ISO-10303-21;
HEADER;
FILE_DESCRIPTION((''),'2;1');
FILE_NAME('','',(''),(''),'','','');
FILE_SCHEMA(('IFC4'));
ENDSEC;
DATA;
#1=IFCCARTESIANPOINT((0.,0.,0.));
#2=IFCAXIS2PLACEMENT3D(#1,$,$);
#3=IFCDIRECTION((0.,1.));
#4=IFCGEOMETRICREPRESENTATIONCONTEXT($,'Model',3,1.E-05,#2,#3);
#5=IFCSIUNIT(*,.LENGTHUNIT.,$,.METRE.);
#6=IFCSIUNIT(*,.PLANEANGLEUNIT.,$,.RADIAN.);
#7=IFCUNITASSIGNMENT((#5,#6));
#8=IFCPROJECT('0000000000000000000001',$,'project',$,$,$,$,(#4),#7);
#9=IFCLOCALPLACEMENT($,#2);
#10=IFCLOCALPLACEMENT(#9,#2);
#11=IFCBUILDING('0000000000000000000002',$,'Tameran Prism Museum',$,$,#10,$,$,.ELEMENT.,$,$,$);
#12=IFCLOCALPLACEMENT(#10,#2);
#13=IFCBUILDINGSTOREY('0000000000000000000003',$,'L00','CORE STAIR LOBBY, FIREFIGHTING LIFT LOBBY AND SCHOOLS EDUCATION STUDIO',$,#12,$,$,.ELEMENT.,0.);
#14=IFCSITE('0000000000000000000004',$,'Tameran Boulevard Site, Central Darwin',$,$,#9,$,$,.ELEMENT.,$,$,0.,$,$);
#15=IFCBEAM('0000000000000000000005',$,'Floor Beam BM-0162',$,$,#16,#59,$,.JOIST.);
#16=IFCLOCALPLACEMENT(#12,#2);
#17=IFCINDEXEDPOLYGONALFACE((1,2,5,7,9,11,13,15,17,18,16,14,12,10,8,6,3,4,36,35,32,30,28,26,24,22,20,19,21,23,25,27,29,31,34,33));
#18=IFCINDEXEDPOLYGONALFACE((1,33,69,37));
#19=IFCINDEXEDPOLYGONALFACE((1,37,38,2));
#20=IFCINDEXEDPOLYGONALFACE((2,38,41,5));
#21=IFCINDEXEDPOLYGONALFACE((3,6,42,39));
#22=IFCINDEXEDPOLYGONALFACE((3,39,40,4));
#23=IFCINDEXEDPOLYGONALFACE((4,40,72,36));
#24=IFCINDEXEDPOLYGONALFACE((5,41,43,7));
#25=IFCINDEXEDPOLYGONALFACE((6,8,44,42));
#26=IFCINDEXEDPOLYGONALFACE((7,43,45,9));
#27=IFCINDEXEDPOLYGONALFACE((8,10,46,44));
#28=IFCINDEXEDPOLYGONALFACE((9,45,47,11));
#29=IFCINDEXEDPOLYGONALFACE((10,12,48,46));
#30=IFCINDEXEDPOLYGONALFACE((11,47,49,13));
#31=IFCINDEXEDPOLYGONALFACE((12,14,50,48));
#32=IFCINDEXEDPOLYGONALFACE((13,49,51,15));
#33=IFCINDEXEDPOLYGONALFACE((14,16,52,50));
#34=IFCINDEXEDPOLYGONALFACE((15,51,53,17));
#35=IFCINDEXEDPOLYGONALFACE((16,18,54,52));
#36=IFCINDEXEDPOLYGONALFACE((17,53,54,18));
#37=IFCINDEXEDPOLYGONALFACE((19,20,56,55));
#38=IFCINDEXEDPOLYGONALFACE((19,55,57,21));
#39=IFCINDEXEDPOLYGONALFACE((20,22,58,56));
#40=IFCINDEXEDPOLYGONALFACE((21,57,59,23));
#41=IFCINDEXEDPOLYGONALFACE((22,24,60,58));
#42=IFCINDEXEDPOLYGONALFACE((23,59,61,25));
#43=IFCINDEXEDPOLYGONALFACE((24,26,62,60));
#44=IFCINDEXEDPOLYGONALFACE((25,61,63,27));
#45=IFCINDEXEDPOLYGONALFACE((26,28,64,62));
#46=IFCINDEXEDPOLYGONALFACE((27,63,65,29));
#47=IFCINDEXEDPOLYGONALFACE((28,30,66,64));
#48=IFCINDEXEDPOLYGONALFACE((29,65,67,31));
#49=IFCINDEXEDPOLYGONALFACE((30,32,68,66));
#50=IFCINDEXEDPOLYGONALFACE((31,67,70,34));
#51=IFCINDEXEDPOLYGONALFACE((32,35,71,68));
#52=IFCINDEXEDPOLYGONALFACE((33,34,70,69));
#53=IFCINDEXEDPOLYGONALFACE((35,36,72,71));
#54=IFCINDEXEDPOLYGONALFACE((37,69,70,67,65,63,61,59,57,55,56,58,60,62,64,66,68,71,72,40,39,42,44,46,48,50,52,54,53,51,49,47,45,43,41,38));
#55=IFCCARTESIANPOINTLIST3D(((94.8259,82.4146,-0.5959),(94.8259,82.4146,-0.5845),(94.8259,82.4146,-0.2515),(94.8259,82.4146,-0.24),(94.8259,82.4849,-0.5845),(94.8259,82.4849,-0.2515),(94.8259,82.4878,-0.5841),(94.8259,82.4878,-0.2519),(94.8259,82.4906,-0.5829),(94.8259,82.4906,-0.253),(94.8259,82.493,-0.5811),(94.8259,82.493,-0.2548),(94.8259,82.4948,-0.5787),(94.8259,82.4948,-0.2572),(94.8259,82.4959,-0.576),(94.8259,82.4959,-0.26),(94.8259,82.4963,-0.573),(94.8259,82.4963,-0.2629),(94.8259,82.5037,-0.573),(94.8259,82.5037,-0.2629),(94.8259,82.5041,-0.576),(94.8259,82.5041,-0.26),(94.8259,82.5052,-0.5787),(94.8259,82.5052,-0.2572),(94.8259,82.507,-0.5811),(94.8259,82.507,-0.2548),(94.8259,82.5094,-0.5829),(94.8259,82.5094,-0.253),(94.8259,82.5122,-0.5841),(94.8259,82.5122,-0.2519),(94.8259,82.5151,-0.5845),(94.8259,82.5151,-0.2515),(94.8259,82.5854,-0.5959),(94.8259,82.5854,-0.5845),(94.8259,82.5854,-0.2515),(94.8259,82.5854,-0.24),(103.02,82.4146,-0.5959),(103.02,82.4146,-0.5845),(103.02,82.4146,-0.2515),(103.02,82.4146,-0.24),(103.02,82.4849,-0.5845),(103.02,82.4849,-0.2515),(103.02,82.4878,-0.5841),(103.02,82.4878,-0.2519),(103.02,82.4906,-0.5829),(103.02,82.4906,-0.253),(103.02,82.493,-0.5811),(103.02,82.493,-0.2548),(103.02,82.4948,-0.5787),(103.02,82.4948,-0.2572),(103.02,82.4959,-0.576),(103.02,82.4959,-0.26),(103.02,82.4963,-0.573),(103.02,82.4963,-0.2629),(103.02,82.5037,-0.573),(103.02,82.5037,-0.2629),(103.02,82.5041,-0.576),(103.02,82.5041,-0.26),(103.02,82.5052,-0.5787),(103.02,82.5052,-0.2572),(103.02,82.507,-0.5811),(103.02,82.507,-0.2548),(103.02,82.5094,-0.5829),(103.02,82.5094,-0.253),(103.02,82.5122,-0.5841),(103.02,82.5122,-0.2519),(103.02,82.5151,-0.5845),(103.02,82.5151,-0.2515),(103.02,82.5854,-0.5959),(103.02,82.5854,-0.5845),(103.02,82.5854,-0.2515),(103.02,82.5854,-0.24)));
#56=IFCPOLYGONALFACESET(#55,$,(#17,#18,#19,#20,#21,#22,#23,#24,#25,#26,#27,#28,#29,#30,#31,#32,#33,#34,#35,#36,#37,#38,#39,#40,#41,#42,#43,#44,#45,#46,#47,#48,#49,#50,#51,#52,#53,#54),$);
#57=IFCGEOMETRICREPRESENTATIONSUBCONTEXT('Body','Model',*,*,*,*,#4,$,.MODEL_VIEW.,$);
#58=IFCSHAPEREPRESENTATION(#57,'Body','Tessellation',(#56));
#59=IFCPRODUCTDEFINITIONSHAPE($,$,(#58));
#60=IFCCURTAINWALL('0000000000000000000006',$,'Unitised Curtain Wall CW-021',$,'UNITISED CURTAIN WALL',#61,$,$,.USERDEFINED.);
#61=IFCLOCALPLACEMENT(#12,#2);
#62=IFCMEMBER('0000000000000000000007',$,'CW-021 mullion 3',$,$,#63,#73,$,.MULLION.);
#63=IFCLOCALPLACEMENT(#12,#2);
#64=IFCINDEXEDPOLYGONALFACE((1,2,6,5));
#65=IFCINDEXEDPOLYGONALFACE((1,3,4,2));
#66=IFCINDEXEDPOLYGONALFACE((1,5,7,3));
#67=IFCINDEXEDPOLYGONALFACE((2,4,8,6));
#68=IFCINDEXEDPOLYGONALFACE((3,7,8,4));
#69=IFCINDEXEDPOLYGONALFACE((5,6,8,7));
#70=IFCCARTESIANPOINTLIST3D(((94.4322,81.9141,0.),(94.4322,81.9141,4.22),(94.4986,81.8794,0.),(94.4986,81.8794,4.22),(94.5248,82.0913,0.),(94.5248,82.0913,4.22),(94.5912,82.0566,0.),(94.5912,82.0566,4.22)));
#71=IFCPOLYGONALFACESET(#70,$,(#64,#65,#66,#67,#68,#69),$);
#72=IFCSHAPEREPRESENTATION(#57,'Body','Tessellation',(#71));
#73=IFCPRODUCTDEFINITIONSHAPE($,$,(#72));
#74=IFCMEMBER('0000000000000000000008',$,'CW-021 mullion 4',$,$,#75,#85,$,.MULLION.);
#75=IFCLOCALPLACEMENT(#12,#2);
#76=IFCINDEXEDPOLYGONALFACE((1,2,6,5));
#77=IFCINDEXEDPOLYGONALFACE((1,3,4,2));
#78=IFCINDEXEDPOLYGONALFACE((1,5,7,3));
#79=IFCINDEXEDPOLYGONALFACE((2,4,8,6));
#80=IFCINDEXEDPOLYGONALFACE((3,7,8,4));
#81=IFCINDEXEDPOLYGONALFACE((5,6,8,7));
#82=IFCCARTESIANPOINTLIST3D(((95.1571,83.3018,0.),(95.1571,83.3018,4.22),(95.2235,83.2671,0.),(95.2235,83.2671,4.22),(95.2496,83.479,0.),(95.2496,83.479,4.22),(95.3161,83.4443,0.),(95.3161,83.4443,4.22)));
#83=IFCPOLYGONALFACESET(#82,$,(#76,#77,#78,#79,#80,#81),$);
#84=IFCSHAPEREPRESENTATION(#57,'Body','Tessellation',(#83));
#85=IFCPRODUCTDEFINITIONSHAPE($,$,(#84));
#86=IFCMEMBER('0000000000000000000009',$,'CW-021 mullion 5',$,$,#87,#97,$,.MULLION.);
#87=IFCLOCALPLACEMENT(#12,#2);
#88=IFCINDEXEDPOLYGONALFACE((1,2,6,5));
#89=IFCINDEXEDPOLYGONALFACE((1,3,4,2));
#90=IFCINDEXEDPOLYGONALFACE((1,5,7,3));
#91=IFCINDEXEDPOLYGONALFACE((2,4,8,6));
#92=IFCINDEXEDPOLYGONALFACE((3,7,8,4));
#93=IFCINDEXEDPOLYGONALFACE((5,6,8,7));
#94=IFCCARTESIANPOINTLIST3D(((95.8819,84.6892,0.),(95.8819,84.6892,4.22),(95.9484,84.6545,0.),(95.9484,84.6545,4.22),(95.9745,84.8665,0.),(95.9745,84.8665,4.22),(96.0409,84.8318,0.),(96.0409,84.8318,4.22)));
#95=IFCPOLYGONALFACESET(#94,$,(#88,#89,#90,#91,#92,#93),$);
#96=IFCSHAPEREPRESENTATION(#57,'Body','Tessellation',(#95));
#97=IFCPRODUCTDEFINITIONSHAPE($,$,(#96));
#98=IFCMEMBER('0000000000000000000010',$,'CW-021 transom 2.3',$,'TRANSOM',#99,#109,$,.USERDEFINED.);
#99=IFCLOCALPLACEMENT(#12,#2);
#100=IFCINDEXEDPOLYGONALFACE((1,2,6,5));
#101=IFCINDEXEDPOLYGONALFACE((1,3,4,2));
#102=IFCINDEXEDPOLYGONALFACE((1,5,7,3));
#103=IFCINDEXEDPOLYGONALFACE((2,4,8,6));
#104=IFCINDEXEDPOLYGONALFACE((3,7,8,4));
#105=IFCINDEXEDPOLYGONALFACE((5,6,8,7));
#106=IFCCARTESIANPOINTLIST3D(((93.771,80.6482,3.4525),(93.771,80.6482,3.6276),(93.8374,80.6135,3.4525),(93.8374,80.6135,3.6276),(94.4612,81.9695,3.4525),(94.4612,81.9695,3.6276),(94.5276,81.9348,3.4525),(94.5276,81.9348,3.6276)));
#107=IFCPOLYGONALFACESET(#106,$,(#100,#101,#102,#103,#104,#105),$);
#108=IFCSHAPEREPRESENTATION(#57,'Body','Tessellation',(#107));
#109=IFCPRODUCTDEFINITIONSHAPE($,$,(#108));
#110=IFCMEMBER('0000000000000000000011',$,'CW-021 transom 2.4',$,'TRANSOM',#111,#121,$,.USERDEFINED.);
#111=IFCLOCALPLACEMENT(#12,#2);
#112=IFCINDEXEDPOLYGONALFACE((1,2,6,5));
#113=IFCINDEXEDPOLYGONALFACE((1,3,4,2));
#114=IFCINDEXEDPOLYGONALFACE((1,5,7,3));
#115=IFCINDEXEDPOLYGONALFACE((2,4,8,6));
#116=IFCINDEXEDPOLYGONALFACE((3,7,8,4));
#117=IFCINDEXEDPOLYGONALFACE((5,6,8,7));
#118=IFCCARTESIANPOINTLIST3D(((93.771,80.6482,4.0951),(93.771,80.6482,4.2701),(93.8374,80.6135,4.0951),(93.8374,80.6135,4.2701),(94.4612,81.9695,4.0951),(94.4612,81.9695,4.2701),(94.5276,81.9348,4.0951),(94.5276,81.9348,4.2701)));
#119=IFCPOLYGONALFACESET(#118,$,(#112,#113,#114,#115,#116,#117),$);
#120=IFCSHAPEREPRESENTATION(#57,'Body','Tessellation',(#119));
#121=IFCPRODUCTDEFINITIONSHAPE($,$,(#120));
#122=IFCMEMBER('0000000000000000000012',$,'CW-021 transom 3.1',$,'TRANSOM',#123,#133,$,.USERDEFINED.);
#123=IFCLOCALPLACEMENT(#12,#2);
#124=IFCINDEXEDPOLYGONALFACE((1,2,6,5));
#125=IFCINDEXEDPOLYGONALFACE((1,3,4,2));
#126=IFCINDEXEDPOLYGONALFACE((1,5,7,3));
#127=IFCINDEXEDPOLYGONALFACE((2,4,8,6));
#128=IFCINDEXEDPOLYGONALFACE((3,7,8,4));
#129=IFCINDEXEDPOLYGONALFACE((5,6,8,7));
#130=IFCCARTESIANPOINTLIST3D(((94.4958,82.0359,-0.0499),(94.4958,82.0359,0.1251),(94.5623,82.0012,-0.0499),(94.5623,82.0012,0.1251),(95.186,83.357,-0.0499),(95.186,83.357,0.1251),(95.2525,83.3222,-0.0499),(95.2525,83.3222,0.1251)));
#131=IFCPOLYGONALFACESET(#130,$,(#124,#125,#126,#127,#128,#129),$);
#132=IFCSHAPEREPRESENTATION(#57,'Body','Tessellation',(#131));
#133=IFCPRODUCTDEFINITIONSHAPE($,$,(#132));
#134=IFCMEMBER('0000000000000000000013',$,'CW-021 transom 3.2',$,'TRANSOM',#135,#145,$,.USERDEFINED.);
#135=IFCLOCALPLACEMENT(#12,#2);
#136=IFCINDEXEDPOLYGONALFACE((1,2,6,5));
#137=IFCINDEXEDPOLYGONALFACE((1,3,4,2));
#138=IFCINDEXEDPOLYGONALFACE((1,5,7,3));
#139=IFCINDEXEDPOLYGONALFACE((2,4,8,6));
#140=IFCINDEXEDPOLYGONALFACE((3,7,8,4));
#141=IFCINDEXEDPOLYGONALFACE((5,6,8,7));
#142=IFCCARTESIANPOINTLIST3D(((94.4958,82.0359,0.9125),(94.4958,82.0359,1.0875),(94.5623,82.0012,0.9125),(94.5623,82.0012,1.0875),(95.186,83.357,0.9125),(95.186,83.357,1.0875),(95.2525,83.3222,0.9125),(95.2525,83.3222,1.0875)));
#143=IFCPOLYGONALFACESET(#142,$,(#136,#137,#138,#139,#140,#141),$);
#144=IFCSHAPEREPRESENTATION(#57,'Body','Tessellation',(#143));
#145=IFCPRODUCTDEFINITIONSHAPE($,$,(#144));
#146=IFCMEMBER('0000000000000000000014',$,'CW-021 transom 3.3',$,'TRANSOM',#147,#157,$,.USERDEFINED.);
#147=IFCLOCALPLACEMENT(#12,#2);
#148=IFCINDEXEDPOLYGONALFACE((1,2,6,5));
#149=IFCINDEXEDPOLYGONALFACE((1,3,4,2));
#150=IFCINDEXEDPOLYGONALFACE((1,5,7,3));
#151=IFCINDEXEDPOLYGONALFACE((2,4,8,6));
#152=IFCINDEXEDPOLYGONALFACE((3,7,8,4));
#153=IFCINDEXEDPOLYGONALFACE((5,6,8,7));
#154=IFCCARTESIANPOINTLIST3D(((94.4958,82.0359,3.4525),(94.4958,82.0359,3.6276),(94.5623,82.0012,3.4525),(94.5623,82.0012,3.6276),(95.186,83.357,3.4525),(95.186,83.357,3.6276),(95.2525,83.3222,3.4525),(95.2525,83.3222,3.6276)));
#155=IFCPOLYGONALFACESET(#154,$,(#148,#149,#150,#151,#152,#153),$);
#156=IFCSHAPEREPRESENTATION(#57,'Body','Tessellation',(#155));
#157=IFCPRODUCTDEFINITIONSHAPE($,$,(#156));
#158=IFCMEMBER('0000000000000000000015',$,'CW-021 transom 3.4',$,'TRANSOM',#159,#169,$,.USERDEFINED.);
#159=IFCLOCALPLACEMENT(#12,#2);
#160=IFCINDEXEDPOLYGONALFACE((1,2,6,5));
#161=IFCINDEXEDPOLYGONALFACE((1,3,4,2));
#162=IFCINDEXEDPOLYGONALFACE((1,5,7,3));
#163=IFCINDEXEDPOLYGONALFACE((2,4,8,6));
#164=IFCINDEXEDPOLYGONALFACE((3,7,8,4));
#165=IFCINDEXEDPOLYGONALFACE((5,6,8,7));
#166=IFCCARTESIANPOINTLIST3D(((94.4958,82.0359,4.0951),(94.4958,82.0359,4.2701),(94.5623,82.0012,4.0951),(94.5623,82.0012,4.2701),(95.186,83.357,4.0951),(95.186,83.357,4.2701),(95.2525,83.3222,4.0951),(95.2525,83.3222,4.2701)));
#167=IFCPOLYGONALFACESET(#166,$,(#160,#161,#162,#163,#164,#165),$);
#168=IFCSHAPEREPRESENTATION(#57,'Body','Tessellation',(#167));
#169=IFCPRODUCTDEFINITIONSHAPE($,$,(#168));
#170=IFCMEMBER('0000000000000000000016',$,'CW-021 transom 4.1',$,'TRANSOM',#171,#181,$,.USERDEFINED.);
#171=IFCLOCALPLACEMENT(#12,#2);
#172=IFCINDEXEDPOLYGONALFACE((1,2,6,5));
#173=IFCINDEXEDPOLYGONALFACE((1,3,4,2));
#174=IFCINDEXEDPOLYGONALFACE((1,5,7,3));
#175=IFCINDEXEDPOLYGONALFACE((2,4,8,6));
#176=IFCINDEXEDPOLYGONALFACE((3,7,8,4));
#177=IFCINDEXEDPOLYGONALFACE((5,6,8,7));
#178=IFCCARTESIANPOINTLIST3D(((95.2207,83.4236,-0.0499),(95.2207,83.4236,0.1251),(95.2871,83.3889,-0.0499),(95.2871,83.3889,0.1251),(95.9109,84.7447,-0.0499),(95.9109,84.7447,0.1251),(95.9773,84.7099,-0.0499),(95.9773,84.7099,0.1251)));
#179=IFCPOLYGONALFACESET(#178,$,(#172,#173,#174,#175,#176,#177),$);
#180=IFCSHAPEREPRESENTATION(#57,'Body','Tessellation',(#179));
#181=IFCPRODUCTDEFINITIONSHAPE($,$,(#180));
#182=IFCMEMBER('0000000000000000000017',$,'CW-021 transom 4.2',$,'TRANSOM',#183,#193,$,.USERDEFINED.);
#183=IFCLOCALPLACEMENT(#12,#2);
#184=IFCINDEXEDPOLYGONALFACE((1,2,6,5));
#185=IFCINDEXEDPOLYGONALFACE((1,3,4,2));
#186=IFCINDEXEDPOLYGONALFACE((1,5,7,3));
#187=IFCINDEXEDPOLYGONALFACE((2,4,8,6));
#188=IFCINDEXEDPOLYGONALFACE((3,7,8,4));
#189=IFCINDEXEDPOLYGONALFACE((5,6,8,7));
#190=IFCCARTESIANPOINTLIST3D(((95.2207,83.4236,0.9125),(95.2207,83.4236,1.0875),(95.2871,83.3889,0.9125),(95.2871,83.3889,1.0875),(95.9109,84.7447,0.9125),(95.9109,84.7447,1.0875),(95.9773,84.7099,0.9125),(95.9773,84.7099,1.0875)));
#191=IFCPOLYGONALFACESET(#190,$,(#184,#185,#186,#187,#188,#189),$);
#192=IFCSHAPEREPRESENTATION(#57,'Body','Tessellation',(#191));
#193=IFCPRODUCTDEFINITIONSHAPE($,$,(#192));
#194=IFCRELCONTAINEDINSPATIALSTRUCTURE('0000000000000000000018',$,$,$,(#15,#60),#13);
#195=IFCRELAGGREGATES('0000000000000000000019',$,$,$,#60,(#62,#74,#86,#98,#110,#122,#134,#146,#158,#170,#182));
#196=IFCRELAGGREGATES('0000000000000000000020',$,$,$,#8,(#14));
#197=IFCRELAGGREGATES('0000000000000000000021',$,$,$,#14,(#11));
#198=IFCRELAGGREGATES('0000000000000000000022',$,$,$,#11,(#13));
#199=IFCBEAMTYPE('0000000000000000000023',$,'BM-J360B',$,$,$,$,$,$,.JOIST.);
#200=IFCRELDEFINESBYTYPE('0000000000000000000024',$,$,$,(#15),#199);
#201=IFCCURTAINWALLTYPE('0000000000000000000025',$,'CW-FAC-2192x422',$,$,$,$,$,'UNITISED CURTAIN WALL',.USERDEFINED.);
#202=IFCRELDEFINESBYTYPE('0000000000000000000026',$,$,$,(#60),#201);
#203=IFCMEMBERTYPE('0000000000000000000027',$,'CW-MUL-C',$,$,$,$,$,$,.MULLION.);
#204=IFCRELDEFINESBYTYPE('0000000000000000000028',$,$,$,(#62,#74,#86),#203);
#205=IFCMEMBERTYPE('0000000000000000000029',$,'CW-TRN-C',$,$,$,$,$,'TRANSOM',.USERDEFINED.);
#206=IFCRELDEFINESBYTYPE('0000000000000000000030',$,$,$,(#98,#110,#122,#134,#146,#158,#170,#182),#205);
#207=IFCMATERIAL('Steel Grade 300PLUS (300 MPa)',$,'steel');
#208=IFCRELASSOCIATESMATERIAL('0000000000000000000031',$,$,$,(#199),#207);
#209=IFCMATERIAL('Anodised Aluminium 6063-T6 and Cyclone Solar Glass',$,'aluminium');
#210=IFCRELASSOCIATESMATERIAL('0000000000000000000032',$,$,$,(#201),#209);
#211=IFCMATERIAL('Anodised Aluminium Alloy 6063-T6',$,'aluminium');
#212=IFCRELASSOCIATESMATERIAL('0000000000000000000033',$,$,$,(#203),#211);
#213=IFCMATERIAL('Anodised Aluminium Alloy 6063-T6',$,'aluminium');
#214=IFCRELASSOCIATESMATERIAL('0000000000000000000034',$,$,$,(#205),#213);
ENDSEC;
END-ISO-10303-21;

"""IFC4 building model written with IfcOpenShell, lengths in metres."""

from ifc_helpers import new_model, si_unit, direction, frame, origin, origin_2d, place, context, subcontext, project, spatial, rectangle, i_section, extrude, material, material_profile, profile_set, type_object, element, aggregate, save


model = new_model("IFC4")

# Units and contexts
model_context = context("Model", 3, precision=1e-05, world=origin(), true_north=direction((0.0, 1.0)))
body_context = subcontext(model_context, "Body", "Model", "MODEL_VIEW")
ifc_project = project(units=[si_unit("LENGTHUNIT", "METRE"), si_unit("PLANEANGLEUNIT", "RADIAN")], contexts=[model_context])

# Site, building, storey
site_placement = place(None, origin())
site = spatial("IfcSite", under=ifc_project, at=site_placement, Name="Tameran Boulevard Site, Central Darwin", CompositionType="ELEMENT", RefElevation=0.0)
building_placement = place(site_placement, origin())
building = spatial("IfcBuilding", under=site, at=building_placement, Name="Tameran Prism Museum", CompositionType="ELEMENT")
storey_placement = place(building_placement, origin())
storey = spatial("IfcBuildingStorey", under=building, at=storey_placement, Name="L00", Description="CORE STAIR LOBBY, FIREFIGHTING LIFT LOBBY AND SCHOOLS EDUCATION STUDIO", CompositionType="ELEMENT", Elevation=0.0)

# Beam
ifc_material_1 = material(Name="Steel Grade 300PLUS (300 MPa)", Category="steel")
ifc_material_profile_1 = material_profile(ifc_material_1, i_section(OverallWidth=0.1709, OverallDepth=0.356, WebThickness=0.0073, FlangeThickness=0.0115, FilletRadius=0.0115, at=origin_2d()))
ifc_profile_set_1 = profile_set([ifc_material_profile_1])
beam_type = type_object("IfcBeamType", Name="BM-J360B", PredefinedType="JOIST", material=ifc_profile_set_1)
beam_placement = place(storey_placement, frame((94.8259, 82.5, -0.418), z_axis=(1.0, 0.0, 0.0), x_axis=(0.0, 1.0, 0.0)))
element("IfcBeam", 1, at=beam_placement, inside=storey, type_object=beam_type, Name="Floor Beam BM-0162", PredefinedType="JOIST", context=body_context, shape_type="SweptSolid", body=[
    extrude(i_section(OverallWidth=0.1709, OverallDepth=0.356, WebThickness=0.0073, FlangeThickness=0.0115, FilletRadius=0.0115, at=origin_2d()), origin(), (0.0, 0.0, 1.0), 8.1941),
])

# Curtain wall, members
ifc_material_2 = material(Name="Anodised Aluminium 6063-T6 and Cyclone Solar Glass", Category="aluminium")
curtain_wall_type = type_object("IfcCurtainWallType", Name="CW-FAC-2192x422", ElementType="UNITISED CURTAIN WALL", PredefinedType="USERDEFINED", material=ifc_material_2)
curtain_wall_placement = place(storey_placement, origin())
curtain_wall = element("IfcCurtainWall", 2, at=curtain_wall_placement, inside=storey, type_object=curtain_wall_type, Name="Unitised Curtain Wall CW-021", ObjectType="UNITISED CURTAIN WALL", PredefinedType="USERDEFINED")
ifc_material_3 = material(Name="Anodised Aluminium Alloy 6063-T6", Category="aluminium")
ifc_material_profile_2 = material_profile(ifc_material_3, rectangle(XDim=0.075, YDim=0.2, at=origin_2d()))
ifc_profile_set_2 = profile_set([ifc_material_profile_2])
member_type_1 = type_object("IfcMemberType", Name="CW-MUL-C", PredefinedType="MULLION", material=ifc_profile_set_2)
member_1_placement = place(storey_placement, frame((94.5117, 81.9854, 0.0), z_axis=(0.0, 0.0, 1.0), x_axis=(-0.886357, 0.463003, 0.0)))
member_1 = element("IfcMember", 3, at=member_1_placement, type_object=member_type_1, Name="CW-021 mullion 3", PredefinedType="MULLION", context=body_context, shape_type="SweptSolid", body=[
    extrude(rectangle(XDim=0.075, YDim=0.2, at=origin_2d()), origin(), (0.0, 0.0, 1.0), 4.22),
])
member_2_placement = place(storey_placement, frame((95.2366, 83.373, 0.0), z_axis=(0.0, 0.0, 1.0), x_axis=(-0.886357, 0.463003, 0.0)))
member_2 = element("IfcMember", 4, at=member_2_placement, type_object=member_type_1, Name="CW-021 mullion 4", PredefinedType="MULLION", context=body_context, shape_type="SweptSolid", body=[
    extrude(rectangle(XDim=0.075, YDim=0.2, at=origin_2d()), origin(), (0.0, 0.0, 1.0), 4.22),
])
member_3_placement = place(storey_placement, frame((95.9614, 84.7605, 0.0), z_axis=(0.0, 0.0, 1.0), x_axis=(-0.886357, 0.463003, 0.0)))
member_3 = element("IfcMember", 5, at=member_3_placement, type_object=member_type_1, Name="CW-021 mullion 5", PredefinedType="MULLION", context=body_context, shape_type="SweptSolid", body=[
    extrude(rectangle(XDim=0.075, YDim=0.2, at=origin_2d()), origin(), (0.0, 0.0, 1.0), 4.22),
])
ifc_material_4 = material(Name="Anodised Aluminium Alloy 6063-T6", Category="aluminium")
ifc_material_profile_3 = material_profile(ifc_material_4, rectangle(XDim=0.075, YDim=0.175, at=origin_2d()))
ifc_profile_set_3 = profile_set([ifc_material_profile_3])
member_type_2 = type_object("IfcMemberType", Name="CW-TRN-C", ElementType="TRANSOM", PredefinedType="USERDEFINED", material=ifc_profile_set_3)
member_4_placement = place(storey_placement, frame((93.8042, 80.6309, 3.54), z_axis=(0.462997, 0.88636, 0.0), x_axis=(-0.88636, 0.462997, 0.0)))
member_4 = element("IfcMember", 6, at=member_4_placement, type_object=member_type_2, Name="CW-021 transom 2.3", ObjectType="TRANSOM", PredefinedType="USERDEFINED", context=body_context, shape_type="SweptSolid", body=[
    extrude(rectangle(XDim=0.075, YDim=0.175, at=origin_2d()), origin(), (0.0, 0.0, 1.0), 1.4907),
])
member_5_placement = place(storey_placement, frame((93.8042, 80.6309, 4.1826), z_axis=(0.462997, 0.88636, 0.0), x_axis=(-0.88636, 0.462997, 0.0)))
member_5 = element("IfcMember", 7, at=member_5_placement, type_object=member_type_2, Name="CW-021 transom 2.4", ObjectType="TRANSOM", PredefinedType="USERDEFINED", context=body_context, shape_type="SweptSolid", body=[
    extrude(rectangle(XDim=0.075, YDim=0.175, at=origin_2d()), origin(), (0.0, 0.0, 1.0), 1.4907),
])
member_6_placement = place(storey_placement, frame((94.5291, 82.0186, 0.0376), z_axis=(0.463064, 0.886325, 0.0), x_axis=(-0.886325, 0.463064, 0.0)))
member_6 = element("IfcMember", 8, at=member_6_placement, type_object=member_type_2, Name="CW-021 transom 3.1", ObjectType="TRANSOM", PredefinedType="USERDEFINED", context=body_context, shape_type="SweptSolid", body=[
    extrude(rectangle(XDim=0.075, YDim=0.175, at=origin_2d()), origin(), (0.0, 0.0, 1.0), 1.4905),
])
member_7_placement = place(storey_placement, frame((94.5291, 82.0186, 1.0), z_axis=(0.463064, 0.886325, 0.0), x_axis=(-0.886325, 0.463064, 0.0)))
member_7 = element("IfcMember", 9, at=member_7_placement, type_object=member_type_2, Name="CW-021 transom 3.2", ObjectType="TRANSOM", PredefinedType="USERDEFINED", context=body_context, shape_type="SweptSolid", body=[
    extrude(rectangle(XDim=0.075, YDim=0.175, at=origin_2d()), origin(), (0.0, 0.0, 1.0), 1.4905),
])
member_8_placement = place(storey_placement, frame((94.5291, 82.0186, 3.54), z_axis=(0.463064, 0.886325, 0.0), x_axis=(-0.886325, 0.463064, 0.0)))
member_8 = element("IfcMember", 10, at=member_8_placement, type_object=member_type_2, Name="CW-021 transom 3.3", ObjectType="TRANSOM", PredefinedType="USERDEFINED", context=body_context, shape_type="SweptSolid", body=[
    extrude(rectangle(XDim=0.075, YDim=0.175, at=origin_2d()), origin(), (0.0, 0.0, 1.0), 1.4905),
])
member_9_placement = place(storey_placement, frame((94.5291, 82.0186, 4.1826), z_axis=(0.463064, 0.886325, 0.0), x_axis=(-0.886325, 0.463064, 0.0)))
member_9 = element("IfcMember", 11, at=member_9_placement, type_object=member_type_2, Name="CW-021 transom 3.4", ObjectType="TRANSOM", PredefinedType="USERDEFINED", context=body_context, shape_type="SweptSolid", body=[
    extrude(rectangle(XDim=0.075, YDim=0.175, at=origin_2d()), origin(), (0.0, 0.0, 1.0), 1.4905),
])
member_10_placement = place(storey_placement, frame((95.2539, 83.4062, 0.0376), z_axis=(0.463064, 0.886325, 0.0), x_axis=(-0.886325, 0.463064, 0.0)))
member_10 = element("IfcMember", 12, at=member_10_placement, type_object=member_type_2, Name="CW-021 transom 4.1", ObjectType="TRANSOM", PredefinedType="USERDEFINED", context=body_context, shape_type="SweptSolid", body=[
    extrude(rectangle(XDim=0.075, YDim=0.175, at=origin_2d()), origin(), (0.0, 0.0, 1.0), 1.4905),
])
member_11_placement = place(storey_placement, frame((95.2539, 83.4062, 1.0), z_axis=(0.463064, 0.886325, 0.0), x_axis=(-0.886325, 0.463064, 0.0)))
member_11 = element("IfcMember", 13, at=member_11_placement, type_object=member_type_2, Name="CW-021 transom 4.2", ObjectType="TRANSOM", PredefinedType="USERDEFINED", context=body_context, shape_type="SweptSolid", body=[
    extrude(rectangle(XDim=0.075, YDim=0.175, at=origin_2d()), origin(), (0.0, 0.0, 1.0), 1.4905),
])
aggregate(curtain_wall, [member_1, member_2, member_3, member_4, member_5, member_6, member_7, member_8, member_9, member_10, member_11])

save(model, "model.ifc")
